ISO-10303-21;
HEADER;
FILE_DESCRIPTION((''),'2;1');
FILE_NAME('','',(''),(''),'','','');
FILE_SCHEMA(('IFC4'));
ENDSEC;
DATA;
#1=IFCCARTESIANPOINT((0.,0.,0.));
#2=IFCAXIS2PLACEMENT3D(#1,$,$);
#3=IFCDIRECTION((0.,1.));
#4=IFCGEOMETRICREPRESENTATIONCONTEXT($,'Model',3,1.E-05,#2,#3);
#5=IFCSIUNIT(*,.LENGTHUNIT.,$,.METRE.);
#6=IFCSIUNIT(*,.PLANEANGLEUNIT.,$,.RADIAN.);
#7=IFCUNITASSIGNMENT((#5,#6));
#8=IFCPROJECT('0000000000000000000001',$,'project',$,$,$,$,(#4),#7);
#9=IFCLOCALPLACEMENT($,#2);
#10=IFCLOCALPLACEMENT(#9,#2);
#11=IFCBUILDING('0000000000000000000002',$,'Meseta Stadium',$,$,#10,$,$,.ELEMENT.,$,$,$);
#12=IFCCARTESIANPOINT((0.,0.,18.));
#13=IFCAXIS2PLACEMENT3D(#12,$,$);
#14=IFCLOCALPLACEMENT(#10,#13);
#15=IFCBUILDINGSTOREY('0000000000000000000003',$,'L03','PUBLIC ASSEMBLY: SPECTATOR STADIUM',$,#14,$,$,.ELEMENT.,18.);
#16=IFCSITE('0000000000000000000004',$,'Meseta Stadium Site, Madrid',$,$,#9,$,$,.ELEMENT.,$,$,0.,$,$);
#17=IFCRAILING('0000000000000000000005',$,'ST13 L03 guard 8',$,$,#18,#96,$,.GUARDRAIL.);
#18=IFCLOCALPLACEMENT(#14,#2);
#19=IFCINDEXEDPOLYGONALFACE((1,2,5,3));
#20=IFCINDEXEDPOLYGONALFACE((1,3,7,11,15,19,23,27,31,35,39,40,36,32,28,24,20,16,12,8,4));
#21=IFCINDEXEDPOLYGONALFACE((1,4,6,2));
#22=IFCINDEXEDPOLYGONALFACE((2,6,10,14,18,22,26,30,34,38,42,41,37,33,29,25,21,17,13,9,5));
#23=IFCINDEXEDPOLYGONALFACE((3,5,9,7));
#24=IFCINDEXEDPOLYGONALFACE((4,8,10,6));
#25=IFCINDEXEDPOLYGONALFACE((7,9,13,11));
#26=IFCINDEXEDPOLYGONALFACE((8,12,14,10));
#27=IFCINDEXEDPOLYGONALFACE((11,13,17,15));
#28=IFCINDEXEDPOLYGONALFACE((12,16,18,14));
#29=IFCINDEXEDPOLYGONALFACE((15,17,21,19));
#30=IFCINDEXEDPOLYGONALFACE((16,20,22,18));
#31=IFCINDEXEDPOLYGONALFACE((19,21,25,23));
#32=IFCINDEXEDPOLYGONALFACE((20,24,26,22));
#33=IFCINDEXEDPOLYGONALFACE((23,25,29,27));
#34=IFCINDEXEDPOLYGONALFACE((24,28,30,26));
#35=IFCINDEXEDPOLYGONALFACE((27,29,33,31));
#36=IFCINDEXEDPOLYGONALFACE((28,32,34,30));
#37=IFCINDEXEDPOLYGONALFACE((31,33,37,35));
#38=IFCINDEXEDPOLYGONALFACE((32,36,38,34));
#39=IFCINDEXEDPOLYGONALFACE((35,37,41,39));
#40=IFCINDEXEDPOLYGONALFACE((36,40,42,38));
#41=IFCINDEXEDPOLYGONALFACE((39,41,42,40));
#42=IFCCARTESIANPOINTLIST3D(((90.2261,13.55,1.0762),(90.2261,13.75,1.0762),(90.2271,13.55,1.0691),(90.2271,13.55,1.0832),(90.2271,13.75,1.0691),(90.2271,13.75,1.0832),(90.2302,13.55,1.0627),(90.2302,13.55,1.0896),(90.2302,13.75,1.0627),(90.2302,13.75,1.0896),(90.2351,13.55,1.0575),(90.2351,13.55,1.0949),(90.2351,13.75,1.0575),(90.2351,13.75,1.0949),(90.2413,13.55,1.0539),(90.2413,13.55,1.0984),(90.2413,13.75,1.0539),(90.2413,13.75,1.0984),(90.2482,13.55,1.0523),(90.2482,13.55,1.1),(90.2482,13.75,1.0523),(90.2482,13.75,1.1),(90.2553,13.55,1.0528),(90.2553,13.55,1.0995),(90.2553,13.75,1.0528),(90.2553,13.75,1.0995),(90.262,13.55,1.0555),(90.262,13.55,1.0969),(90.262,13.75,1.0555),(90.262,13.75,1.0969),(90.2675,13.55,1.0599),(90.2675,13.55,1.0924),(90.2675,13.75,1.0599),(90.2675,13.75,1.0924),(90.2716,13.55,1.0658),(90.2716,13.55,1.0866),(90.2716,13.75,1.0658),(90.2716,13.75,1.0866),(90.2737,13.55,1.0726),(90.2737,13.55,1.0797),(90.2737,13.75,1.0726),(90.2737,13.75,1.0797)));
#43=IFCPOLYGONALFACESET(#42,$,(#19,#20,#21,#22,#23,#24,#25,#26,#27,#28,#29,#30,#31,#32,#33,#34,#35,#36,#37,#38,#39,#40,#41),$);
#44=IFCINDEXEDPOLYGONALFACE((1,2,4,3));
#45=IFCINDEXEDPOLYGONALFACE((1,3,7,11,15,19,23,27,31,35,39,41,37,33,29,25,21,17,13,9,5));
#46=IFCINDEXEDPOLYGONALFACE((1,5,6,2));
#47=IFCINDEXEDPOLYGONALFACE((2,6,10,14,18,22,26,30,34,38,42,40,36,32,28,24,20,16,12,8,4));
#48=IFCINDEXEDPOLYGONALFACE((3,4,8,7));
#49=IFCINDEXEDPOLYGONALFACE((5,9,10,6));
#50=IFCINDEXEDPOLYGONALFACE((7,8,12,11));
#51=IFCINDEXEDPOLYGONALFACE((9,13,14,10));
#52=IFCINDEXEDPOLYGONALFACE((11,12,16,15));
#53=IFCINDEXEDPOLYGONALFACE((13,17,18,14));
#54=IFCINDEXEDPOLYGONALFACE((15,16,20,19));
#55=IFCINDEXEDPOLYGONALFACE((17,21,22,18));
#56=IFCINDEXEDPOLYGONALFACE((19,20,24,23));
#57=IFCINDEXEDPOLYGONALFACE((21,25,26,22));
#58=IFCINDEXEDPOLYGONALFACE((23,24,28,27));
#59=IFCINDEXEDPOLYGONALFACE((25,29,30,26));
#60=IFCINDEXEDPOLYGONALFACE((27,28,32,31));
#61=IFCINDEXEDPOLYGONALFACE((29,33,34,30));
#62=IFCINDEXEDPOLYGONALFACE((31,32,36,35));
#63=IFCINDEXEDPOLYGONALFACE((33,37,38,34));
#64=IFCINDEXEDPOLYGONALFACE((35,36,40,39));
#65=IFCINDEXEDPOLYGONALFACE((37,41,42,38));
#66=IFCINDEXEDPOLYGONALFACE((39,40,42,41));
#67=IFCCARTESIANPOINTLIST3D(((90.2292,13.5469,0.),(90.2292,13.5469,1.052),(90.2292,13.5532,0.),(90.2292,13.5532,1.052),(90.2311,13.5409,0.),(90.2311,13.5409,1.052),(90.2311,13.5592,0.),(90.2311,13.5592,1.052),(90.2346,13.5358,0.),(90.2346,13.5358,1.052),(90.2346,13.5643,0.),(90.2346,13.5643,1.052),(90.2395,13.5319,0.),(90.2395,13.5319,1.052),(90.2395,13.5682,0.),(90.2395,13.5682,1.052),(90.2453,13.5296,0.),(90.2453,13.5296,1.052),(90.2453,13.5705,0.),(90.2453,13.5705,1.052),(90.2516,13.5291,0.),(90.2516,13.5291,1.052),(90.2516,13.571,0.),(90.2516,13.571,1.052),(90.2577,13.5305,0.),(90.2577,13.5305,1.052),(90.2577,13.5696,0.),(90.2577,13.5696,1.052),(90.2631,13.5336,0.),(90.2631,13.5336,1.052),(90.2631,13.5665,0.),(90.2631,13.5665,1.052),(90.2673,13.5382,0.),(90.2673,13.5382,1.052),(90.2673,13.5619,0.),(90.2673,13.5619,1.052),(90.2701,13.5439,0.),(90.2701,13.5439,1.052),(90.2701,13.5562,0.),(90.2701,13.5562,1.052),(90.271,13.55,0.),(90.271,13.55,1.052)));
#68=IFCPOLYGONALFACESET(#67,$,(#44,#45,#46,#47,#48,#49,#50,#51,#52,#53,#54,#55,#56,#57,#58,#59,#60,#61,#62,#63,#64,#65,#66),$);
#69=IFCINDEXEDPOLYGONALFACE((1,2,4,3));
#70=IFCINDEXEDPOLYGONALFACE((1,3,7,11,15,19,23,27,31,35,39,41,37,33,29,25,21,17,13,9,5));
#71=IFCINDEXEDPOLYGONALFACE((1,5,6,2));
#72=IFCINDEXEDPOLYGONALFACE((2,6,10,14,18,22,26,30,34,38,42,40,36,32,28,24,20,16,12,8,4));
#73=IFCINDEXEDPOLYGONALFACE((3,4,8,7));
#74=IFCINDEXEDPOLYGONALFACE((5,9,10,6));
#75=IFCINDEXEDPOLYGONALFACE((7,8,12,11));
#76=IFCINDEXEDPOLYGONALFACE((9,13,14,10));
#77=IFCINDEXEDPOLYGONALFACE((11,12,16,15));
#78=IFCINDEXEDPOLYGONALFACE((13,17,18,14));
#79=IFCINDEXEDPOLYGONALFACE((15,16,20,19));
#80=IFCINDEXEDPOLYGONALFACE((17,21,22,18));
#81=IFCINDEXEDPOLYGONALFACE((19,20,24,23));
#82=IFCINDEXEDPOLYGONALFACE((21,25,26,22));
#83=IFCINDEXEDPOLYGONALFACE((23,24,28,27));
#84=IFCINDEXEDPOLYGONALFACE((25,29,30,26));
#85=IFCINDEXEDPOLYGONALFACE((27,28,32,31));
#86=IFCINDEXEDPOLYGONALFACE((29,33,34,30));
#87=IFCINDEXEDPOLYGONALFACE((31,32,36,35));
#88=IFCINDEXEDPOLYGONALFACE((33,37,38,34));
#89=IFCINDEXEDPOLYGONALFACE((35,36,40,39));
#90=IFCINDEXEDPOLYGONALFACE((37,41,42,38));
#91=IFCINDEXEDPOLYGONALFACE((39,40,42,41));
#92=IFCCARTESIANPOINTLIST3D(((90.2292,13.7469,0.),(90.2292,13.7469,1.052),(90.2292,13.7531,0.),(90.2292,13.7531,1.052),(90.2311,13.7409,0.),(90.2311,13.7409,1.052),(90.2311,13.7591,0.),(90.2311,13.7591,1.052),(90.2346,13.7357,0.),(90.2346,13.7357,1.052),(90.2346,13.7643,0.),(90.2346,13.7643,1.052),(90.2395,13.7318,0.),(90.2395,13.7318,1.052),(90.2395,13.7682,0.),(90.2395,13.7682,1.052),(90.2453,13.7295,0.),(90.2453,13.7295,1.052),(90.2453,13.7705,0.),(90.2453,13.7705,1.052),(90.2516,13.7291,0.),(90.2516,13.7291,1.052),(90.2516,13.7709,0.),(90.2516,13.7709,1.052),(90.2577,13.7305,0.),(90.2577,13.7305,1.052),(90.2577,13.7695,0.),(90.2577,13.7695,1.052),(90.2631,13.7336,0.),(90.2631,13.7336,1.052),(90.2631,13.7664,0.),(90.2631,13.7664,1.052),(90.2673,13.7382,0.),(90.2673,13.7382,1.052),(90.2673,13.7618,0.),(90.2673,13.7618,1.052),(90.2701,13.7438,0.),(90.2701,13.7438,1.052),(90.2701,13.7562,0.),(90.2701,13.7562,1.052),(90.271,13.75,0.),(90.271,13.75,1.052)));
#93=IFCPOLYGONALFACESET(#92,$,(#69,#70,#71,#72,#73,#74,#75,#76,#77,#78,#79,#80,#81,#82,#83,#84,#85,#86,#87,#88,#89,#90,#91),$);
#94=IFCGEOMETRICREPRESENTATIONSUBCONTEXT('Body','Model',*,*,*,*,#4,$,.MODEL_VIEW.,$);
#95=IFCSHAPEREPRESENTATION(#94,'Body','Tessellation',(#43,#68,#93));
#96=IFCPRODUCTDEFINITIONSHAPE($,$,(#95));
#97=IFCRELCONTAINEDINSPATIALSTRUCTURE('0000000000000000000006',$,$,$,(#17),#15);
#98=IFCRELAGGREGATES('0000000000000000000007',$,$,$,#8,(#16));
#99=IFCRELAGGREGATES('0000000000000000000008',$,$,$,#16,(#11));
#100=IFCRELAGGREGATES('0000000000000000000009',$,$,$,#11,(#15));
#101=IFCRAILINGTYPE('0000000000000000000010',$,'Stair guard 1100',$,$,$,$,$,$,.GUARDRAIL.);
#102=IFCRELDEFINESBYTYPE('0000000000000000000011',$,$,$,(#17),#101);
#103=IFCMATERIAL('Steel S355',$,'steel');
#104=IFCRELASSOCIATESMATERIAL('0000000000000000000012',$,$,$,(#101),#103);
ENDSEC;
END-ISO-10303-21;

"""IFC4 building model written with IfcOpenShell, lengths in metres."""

from ifc_helpers import new_model, si_unit, direction, frame, origin, origin_2d, place, context, subcontext, project, spatial, circle, extrude, material, type_object, element, save


model = new_model("IFC4")

# Units and contexts
model_context = context("Model", 3, precision=1e-05, world=origin(), true_north=direction((0.0, 1.0)))
body_context = subcontext(model_context, "Body", "Model", "MODEL_VIEW")
ifc_project = project(units=[si_unit("LENGTHUNIT", "METRE"), si_unit("PLANEANGLEUNIT", "RADIAN")], contexts=[model_context])

# Site, building, storey
site_placement = place(None, origin())
site = spatial("IfcSite", under=ifc_project, at=site_placement, Name="Meseta Stadium Site, Madrid", CompositionType="ELEMENT", RefElevation=0.0)
building_placement = place(site_placement, origin())
building = spatial("IfcBuilding", under=site, at=building_placement, Name="Meseta Stadium", CompositionType="ELEMENT")
storey_placement = place(building_placement, frame((0.0, 0.0, 18.0)))
storey = spatial("IfcBuildingStorey", under=building, at=storey_placement, Name="L03", Description="PUBLIC ASSEMBLY: SPECTATOR STADIUM", CompositionType="ELEMENT", Elevation=18.0)

# Railing
ifc_material_1 = material(Name="Steel S355", Category="steel")
railing_type_1 = type_object("IfcRailingType", Name="Stair guard 1100", PredefinedType="GUARDRAIL", material=ifc_material_1)
railing_1_placement = place(storey_placement, frame((90.25, 13.55, 0.0)))
element("IfcRailing", 1, at=railing_1_placement, inside=storey, type_object=railing_type_1, Name="ST13 L03 guard 8", PredefinedType="GUARDRAIL", context=body_context, shape_type="SweptSolid", body=[
    extrude(circle(Radius=0.0239, at=origin_2d()), frame((0.0, 0.0, 1.0762), z_axis=(0.0, 1.0, 0.0), x_axis=(-1.0, 0.0, 0.0)), (0.0, 0.0, 1.0), 0.2),
    extrude(circle(Radius=0.021, at=origin_2d()), origin(), (0.0, 0.0, 1.0), 1.052),
    extrude(circle(Radius=0.021, at=origin_2d()), frame((0.0, 0.2, 0.0)), (0.0, 0.0, 1.0), 1.052),
])

save(model, "model.ifc")
